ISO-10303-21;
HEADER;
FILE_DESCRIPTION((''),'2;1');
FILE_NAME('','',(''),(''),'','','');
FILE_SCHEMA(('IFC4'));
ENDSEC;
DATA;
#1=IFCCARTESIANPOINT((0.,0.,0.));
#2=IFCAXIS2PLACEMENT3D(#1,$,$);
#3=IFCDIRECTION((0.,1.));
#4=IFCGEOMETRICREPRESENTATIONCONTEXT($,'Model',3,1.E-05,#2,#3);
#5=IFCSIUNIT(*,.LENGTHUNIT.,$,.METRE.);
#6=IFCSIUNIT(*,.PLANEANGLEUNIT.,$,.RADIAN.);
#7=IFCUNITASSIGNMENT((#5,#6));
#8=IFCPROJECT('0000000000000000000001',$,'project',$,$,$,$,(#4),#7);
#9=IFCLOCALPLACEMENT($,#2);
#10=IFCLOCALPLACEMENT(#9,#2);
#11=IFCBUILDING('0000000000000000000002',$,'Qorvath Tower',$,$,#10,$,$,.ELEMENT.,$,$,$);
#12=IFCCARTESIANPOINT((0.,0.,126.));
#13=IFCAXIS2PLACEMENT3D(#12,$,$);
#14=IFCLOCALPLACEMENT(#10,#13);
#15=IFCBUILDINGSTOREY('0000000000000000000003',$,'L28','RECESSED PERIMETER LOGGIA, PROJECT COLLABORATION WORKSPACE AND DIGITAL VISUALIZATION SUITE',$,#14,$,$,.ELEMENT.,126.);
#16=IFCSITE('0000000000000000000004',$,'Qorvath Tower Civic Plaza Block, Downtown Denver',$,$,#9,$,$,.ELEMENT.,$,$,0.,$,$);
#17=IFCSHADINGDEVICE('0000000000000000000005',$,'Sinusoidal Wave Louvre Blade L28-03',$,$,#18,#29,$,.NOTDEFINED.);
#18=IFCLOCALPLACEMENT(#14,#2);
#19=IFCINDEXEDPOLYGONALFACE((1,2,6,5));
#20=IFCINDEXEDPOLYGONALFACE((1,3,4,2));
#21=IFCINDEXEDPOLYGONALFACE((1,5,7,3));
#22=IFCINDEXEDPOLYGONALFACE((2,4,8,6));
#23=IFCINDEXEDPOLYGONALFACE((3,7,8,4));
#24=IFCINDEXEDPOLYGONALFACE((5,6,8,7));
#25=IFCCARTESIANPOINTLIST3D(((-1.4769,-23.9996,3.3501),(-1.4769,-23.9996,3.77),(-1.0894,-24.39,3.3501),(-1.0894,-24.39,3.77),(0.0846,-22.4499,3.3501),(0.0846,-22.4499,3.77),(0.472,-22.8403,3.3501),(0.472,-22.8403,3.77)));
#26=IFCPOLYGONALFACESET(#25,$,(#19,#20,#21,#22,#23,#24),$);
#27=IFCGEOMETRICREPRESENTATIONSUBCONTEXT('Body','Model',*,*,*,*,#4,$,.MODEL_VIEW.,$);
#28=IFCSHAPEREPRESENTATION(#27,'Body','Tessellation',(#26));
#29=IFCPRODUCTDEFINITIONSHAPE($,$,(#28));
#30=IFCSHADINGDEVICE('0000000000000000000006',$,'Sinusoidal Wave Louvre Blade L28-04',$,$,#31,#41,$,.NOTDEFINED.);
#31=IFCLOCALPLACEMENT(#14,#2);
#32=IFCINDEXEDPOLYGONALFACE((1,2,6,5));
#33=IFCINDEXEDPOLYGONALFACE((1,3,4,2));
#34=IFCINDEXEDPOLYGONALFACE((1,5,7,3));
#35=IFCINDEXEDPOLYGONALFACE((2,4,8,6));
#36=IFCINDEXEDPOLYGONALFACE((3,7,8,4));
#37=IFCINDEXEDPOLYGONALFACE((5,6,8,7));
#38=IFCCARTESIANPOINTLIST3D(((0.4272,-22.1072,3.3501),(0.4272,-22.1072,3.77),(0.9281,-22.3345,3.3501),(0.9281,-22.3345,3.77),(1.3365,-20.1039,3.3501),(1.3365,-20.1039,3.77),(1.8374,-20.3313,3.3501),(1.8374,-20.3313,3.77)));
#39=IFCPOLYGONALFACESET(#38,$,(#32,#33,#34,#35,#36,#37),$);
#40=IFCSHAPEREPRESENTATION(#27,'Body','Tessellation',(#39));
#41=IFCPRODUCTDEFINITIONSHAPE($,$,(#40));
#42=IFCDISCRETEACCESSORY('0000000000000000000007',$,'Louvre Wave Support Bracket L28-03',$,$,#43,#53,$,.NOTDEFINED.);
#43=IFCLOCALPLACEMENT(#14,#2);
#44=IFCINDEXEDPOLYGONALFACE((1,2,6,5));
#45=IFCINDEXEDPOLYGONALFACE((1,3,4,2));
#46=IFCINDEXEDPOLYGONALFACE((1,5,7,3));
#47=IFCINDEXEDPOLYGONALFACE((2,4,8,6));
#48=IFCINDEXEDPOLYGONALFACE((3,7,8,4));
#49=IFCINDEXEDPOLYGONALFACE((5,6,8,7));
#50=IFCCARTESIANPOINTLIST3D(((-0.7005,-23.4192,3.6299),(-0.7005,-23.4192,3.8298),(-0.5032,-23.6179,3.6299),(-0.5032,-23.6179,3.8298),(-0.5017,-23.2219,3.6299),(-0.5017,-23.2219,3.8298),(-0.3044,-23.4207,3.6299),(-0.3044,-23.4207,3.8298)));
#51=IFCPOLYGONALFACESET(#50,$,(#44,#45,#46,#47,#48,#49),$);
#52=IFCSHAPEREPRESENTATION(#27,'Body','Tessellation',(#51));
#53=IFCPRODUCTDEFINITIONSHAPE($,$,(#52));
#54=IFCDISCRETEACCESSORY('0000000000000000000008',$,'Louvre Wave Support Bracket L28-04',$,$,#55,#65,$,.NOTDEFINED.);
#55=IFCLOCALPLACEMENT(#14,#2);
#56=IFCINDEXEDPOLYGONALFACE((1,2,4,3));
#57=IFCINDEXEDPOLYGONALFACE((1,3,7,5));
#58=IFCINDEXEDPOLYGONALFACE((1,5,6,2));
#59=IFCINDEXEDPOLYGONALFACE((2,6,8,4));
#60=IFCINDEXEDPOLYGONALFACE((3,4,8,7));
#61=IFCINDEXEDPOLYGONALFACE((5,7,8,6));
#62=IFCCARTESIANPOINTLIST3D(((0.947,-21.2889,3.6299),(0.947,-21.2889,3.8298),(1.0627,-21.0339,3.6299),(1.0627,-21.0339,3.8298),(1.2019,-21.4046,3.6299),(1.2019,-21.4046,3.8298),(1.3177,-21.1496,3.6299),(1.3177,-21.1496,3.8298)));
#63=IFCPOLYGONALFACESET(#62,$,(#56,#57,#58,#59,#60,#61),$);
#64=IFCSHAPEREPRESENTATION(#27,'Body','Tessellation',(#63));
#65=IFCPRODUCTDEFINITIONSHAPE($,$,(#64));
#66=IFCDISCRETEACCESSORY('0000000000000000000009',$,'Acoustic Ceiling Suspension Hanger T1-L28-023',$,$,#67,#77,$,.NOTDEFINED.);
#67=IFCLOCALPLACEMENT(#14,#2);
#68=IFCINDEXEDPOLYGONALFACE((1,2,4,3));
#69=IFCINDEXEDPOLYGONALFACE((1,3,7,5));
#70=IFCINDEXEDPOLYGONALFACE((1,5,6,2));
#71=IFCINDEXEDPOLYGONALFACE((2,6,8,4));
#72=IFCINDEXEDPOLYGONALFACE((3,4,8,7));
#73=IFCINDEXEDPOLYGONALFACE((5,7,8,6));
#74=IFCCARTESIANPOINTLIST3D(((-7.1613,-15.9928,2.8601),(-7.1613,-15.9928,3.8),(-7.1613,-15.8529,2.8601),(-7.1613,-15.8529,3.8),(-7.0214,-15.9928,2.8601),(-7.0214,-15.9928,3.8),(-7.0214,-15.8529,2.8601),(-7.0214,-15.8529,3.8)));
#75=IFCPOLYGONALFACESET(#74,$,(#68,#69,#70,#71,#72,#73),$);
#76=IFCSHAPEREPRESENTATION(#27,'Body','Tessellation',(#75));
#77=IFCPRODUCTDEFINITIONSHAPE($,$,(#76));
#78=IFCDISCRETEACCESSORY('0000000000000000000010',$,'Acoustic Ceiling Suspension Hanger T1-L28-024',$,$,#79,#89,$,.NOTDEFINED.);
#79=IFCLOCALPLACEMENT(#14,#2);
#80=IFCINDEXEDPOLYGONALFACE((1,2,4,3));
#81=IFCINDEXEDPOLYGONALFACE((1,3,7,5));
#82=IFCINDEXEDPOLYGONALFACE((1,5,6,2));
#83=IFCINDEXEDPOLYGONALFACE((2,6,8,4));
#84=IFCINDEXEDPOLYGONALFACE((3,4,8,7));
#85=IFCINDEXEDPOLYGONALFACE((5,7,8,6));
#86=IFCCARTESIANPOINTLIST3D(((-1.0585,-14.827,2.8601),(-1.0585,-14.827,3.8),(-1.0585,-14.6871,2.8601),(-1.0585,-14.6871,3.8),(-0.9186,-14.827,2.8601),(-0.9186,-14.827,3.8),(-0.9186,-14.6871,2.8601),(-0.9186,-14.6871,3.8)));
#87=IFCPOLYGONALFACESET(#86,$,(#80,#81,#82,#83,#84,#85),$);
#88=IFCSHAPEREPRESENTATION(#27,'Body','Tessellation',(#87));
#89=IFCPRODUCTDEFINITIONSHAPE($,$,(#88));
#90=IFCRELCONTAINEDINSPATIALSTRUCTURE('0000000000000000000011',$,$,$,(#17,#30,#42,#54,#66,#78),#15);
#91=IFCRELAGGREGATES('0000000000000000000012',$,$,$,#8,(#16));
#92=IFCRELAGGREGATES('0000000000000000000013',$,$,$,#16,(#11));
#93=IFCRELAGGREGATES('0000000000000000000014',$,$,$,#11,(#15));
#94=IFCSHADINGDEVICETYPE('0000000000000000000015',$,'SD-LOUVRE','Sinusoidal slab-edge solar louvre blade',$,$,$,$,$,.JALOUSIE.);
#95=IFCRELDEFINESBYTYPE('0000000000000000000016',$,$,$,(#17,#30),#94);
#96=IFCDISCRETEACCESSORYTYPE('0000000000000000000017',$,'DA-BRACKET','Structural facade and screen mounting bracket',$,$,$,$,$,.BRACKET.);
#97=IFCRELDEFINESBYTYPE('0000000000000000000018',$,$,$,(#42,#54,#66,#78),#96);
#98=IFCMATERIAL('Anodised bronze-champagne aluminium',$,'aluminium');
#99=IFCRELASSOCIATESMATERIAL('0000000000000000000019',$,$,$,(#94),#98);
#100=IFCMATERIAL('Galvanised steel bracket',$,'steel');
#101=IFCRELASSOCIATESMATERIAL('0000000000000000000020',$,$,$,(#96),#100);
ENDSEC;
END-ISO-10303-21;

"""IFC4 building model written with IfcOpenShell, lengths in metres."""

from ifc_helpers import new_model, si_unit, direction, frame, origin, origin_2d, place, context, subcontext, project, spatial, rectangle, extrude, material, type_object, element, save


model = new_model("IFC4")

# Units and contexts
model_context = context("Model", 3, precision=1e-05, world=origin(), true_north=direction((0.0, 1.0)))
body_context = subcontext(model_context, "Body", "Model", "MODEL_VIEW")
ifc_project = project(units=[si_unit("LENGTHUNIT", "METRE"), si_unit("PLANEANGLEUNIT", "RADIAN")], contexts=[model_context])

# Site, building, storey
site_placement = place(None, origin())
site = spatial("IfcSite", under=ifc_project, at=site_placement, Name="Qorvath Tower Civic Plaza Block, Downtown Denver", CompositionType="ELEMENT", RefElevation=0.0)
building_placement = place(site_placement, origin())
building = spatial("IfcBuilding", under=site, at=building_placement, Name="Qorvath Tower", CompositionType="ELEMENT")
storey_placement = place(building_placement, frame((0.0, 0.0, 126.0)))
storey = spatial("IfcBuildingStorey", under=building, at=storey_placement, Name="L28", Description="RECESSED PERIMETER LOGGIA, PROJECT COLLABORATION WORKSPACE AND DIGITAL VISUALIZATION SUITE", CompositionType="ELEMENT", Elevation=126.0)

# Shading devices
ifc_material_1 = material(Name="Anodised bronze-champagne aluminium", Category="aluminium")
shading_device_type = type_object("IfcShadingDeviceType", Name="SD-LOUVRE", Description="Sinusoidal slab-edge solar louvre blade", PredefinedType="JALOUSIE", material=ifc_material_1)
for number, where, z_axis, x_axis, name in (
    (1, (-0.5024, -23.4199, 3.3501), (0.0, 0.0, 1.0), (0.709769, 0.704435, 0.0), "Sinusoidal Wave Louvre Blade L28-03"),
    (2, (1.1323, -21.2192, 3.3501), (0.0, 0.0, 1.0), (0.413332, 0.910581, 0.0), "Sinusoidal Wave Louvre Blade L28-04"),
):
    element("IfcShadingDevice", number, at=place(storey_placement, frame(where, z_axis=z_axis, x_axis=x_axis)), inside=storey, type_object=shading_device_type, Name=name, PredefinedType="NOTDEFINED", context=body_context, shape_type="SweptSolid", body=[
        extrude(rectangle(XDim=2.2, YDim=0.55, at=origin_2d()), origin(), (0.0, 0.0, 1.0), 0.4199),
    ])

# Discrete accessories
ifc_material_2 = material(Name="Galvanised steel bracket", Category="steel")
discrete_accessory_type = type_object("IfcDiscreteAccessoryType", Name="DA-BRACKET", Description="Structural facade and screen mounting bracket", PredefinedType="BRACKET", material=ifc_material_2)
for number, where, z_axis, x_axis, name in (
    (3, (-0.5024, -23.4199, 3.6299), (0.0, 0.0, 1.0), (0.709769, 0.704435, 0.0), "Louvre Wave Support Bracket L28-03"),
    (4, (1.1323, -21.2192, 3.6299), (0.0, 0.0, 1.0), (0.413332, 0.910581, 0.0), "Louvre Wave Support Bracket L28-04"),
):
    element("IfcDiscreteAccessory", number, at=place(storey_placement, frame(where, z_axis=z_axis, x_axis=x_axis)), inside=storey, type_object=discrete_accessory_type, Name=name, PredefinedType="NOTDEFINED", context=body_context, shape_type="SweptSolid", body=[
        extrude(rectangle(XDim=0.28, YDim=0.28, at=origin_2d()), origin(), (0.0, 0.0, 1.0), 0.2),
    ])
for number, where, z_axis, x_axis, name in (
    (5, (-7.0913, -15.9229, 2.8601), (0.0, 0.0, 1.0), (1.0, 0.0, 0.0), "Acoustic Ceiling Suspension Hanger T1-L28-023"),
    (6, (-0.9885, -14.7571, 2.8601), (0.0, 0.0, 1.0), (1.0, 0.0, 0.0), "Acoustic Ceiling Suspension Hanger T1-L28-024"),
):
    element("IfcDiscreteAccessory", number, at=place(storey_placement, frame(where, z_axis=z_axis, x_axis=x_axis)), inside=storey, type_object=discrete_accessory_type, Name=name, PredefinedType="NOTDEFINED", context=body_context, shape_type="SweptSolid", body=[
        extrude(rectangle(XDim=0.1399, YDim=0.1399, at=origin_2d()), origin(), (0.0, 0.0, 1.0), 0.9399),
    ])

save(model, "model.ifc")
